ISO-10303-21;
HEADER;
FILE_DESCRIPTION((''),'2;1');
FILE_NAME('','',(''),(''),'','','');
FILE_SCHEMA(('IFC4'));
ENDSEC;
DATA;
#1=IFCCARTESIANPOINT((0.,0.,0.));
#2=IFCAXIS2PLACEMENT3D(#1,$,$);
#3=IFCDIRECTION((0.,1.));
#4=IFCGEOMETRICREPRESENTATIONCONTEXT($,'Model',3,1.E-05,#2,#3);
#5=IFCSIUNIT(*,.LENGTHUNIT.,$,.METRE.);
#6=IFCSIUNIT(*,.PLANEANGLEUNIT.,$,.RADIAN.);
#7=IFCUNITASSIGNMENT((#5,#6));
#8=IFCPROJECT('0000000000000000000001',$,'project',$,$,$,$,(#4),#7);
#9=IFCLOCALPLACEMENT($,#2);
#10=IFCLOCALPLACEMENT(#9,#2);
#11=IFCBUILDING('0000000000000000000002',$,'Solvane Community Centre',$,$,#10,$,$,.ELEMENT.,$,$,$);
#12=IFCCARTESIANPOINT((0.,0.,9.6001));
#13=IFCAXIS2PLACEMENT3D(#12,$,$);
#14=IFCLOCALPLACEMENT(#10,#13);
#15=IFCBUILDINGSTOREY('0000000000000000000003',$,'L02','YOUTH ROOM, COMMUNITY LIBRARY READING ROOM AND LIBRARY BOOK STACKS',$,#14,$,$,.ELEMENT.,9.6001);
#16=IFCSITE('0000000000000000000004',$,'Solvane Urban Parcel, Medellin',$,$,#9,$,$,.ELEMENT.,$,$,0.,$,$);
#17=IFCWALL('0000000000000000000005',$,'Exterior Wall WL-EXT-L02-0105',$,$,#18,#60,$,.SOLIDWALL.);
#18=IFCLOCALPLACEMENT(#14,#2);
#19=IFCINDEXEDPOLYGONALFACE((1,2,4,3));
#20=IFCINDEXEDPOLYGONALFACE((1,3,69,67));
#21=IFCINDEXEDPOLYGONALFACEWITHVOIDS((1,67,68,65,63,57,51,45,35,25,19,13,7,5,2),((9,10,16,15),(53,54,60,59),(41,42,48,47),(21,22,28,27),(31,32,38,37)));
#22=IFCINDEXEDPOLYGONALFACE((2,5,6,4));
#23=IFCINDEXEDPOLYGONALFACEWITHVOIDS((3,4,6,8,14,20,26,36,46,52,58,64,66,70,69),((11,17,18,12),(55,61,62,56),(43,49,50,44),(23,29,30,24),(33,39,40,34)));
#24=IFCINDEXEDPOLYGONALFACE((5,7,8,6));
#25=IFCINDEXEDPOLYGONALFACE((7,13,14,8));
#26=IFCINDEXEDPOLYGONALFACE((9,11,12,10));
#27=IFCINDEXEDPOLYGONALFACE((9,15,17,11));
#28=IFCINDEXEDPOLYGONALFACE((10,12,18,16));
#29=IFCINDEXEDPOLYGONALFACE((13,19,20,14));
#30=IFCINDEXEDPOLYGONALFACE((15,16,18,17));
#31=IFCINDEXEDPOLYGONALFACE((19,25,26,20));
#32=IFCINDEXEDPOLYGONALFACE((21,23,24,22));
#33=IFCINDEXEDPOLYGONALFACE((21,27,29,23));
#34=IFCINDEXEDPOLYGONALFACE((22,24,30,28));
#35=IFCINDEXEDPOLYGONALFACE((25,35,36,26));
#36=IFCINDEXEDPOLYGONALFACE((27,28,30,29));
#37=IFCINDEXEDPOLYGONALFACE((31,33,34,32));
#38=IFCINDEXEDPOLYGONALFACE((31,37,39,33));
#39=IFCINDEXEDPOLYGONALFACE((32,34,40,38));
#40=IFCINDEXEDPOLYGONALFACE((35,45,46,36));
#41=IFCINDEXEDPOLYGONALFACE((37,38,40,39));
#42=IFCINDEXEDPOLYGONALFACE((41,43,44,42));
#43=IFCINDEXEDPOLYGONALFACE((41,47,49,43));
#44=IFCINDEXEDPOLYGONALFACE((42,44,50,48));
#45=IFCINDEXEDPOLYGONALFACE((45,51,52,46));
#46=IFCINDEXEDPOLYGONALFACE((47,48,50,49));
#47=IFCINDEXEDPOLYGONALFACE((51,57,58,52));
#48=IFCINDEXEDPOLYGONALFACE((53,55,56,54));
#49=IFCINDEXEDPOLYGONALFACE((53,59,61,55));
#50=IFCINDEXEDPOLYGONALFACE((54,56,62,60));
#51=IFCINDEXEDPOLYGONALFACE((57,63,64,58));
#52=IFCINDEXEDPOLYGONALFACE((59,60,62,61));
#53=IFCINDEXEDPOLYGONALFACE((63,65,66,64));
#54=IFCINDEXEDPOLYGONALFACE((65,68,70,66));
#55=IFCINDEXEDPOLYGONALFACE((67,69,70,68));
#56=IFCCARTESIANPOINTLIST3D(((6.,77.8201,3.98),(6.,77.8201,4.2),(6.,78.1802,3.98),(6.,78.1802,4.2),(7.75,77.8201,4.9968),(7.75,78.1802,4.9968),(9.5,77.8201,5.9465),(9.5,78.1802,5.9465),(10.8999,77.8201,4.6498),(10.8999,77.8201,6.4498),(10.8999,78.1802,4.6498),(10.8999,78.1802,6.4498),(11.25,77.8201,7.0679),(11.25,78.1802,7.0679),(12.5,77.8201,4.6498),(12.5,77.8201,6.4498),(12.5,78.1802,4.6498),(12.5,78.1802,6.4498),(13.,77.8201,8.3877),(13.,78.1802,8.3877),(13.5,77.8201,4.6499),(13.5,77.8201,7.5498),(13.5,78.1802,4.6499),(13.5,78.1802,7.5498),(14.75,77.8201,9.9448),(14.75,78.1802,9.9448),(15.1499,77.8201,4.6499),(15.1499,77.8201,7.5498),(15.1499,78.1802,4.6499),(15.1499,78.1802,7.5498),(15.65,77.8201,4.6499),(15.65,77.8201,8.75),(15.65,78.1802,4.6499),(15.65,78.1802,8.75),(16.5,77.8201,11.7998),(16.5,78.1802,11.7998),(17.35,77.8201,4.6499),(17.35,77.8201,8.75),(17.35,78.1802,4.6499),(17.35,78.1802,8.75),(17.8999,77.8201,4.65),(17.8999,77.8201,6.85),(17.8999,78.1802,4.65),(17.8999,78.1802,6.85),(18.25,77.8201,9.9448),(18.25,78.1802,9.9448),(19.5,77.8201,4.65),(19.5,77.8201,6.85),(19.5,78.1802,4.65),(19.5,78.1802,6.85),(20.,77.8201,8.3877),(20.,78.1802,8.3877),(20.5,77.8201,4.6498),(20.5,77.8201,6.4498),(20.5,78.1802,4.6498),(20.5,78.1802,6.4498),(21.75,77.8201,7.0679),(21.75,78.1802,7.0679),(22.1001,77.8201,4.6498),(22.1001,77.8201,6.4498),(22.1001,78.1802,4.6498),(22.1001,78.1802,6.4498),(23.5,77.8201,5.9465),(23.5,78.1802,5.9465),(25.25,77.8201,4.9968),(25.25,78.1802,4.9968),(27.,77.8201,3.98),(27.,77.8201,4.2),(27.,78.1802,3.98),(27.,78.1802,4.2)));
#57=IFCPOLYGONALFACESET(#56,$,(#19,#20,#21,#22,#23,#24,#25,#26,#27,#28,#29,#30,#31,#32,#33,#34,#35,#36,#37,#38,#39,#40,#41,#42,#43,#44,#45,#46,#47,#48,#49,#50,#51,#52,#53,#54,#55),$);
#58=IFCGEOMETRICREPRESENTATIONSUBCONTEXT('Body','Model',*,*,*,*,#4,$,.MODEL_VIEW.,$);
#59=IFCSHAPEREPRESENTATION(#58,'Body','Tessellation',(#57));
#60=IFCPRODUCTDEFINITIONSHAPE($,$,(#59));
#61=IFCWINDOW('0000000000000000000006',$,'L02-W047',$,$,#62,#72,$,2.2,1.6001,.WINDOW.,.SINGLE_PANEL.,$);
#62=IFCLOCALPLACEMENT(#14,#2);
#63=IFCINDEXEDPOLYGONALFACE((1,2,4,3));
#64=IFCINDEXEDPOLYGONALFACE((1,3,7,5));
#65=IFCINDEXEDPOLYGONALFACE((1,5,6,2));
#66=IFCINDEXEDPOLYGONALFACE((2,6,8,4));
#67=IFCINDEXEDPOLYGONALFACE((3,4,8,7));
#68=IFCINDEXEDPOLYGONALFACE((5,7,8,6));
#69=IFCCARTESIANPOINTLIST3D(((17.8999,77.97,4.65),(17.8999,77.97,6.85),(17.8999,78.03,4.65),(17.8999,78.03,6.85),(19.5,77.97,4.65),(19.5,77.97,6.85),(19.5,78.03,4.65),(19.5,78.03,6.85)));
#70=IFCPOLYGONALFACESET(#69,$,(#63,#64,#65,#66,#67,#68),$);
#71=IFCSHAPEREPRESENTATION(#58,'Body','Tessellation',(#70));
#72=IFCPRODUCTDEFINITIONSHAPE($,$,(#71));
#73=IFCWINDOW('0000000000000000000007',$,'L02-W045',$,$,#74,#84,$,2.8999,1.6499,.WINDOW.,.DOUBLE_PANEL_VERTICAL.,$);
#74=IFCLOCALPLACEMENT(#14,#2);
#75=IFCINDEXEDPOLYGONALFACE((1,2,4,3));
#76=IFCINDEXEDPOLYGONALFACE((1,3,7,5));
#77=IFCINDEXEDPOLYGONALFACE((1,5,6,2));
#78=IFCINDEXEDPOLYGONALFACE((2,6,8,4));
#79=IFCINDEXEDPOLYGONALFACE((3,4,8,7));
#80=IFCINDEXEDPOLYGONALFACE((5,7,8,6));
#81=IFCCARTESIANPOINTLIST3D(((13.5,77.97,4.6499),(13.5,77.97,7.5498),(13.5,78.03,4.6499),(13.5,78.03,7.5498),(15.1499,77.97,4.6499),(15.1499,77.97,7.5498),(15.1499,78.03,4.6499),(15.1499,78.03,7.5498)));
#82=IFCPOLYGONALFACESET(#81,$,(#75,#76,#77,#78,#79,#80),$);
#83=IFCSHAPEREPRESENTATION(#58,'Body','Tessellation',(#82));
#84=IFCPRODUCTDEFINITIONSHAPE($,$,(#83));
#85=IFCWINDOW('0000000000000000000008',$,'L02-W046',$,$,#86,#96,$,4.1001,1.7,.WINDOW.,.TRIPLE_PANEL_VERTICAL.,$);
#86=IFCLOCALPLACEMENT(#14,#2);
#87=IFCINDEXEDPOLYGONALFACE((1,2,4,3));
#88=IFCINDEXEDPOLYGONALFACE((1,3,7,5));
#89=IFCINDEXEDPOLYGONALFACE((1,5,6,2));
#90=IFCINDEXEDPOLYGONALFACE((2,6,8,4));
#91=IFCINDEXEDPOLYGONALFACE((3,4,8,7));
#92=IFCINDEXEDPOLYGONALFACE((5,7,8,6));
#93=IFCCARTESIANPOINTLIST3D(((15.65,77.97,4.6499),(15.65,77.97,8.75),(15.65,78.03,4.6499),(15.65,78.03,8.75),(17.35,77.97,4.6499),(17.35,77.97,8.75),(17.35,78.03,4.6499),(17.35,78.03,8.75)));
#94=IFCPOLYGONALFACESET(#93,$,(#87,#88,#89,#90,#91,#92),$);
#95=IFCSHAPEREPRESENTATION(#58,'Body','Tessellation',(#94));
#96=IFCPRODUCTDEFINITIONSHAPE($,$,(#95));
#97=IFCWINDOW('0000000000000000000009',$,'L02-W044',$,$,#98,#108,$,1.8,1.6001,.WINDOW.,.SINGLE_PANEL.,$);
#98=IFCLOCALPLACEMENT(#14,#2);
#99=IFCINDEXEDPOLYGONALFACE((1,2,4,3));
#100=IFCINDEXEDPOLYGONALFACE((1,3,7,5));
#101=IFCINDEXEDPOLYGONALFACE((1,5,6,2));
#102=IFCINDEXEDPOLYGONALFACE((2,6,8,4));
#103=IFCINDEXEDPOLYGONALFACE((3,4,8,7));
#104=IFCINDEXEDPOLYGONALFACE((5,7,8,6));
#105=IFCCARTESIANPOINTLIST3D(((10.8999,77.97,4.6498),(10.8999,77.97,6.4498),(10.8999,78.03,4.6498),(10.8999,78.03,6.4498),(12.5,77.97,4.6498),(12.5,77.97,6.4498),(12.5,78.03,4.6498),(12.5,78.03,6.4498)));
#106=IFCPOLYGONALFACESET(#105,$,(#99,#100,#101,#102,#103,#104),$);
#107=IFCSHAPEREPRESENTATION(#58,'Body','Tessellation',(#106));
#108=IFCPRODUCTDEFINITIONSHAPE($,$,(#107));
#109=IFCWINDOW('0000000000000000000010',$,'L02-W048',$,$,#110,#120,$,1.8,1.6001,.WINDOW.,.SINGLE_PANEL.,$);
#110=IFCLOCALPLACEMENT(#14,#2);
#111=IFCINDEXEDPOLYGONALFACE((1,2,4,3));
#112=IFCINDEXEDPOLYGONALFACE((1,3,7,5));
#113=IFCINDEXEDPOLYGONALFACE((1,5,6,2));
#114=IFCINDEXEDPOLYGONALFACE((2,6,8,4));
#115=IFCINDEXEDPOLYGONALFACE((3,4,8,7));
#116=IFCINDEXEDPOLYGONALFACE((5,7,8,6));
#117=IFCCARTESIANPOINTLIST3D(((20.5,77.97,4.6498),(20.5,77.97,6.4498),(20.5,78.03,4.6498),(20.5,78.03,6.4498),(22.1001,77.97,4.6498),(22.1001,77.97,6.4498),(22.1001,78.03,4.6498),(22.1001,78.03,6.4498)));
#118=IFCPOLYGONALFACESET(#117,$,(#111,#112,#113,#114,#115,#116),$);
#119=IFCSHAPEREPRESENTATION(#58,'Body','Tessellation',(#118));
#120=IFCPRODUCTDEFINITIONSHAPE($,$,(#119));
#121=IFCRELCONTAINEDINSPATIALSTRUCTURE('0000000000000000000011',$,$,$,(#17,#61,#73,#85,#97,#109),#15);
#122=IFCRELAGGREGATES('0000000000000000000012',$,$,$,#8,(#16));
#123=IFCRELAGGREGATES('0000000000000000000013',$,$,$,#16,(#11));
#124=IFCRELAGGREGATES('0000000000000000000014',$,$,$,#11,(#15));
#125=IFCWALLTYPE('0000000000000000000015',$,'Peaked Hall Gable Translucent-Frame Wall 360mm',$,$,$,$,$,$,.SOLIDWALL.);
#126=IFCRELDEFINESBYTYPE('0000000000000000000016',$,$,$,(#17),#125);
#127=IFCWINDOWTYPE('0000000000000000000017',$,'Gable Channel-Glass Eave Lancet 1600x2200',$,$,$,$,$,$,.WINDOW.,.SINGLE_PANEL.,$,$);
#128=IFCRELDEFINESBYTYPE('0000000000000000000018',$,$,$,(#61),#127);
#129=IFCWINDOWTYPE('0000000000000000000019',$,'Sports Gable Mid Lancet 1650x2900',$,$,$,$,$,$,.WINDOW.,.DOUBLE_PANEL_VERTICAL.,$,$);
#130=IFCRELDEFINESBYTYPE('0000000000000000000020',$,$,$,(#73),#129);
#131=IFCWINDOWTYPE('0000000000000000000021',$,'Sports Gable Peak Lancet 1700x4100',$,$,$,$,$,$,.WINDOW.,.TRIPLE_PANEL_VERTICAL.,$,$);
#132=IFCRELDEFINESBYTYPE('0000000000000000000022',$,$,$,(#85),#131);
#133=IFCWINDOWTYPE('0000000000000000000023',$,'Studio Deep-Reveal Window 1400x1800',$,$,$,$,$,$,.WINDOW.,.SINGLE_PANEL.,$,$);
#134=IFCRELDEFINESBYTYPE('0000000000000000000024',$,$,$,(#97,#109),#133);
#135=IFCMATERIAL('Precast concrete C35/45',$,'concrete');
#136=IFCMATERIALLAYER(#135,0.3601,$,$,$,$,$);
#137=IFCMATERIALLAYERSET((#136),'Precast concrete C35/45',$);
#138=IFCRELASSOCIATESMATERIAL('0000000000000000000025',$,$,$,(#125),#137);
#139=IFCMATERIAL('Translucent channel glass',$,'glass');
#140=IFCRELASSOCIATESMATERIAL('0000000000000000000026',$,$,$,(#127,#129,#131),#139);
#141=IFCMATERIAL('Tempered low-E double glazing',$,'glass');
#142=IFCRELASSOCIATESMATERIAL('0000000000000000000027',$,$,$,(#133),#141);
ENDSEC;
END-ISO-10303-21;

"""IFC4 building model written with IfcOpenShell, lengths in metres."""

from ifc_helpers import new_model, si_unit, direction, frame, frame_2d, origin, place, context, subcontext, project, spatial, polyline, rectangle, outline, extrude, material, layer, layer_set, type_object, element, fill, save


model = new_model("IFC4")

# Units and contexts
model_context = context("Model", 3, precision=1e-05, world=origin(), true_north=direction((0.0, 1.0)))
body_context = subcontext(model_context, "Body", "Model", "MODEL_VIEW")
ifc_project = project(units=[si_unit("LENGTHUNIT", "METRE"), si_unit("PLANEANGLEUNIT", "RADIAN")], contexts=[model_context])

# Site, building, storey
site_placement = place(None, origin())
site = spatial("IfcSite", under=ifc_project, at=site_placement, Name="Solvane Urban Parcel, Medellin", CompositionType="ELEMENT", RefElevation=0.0)
building_placement = place(site_placement, origin())
building = spatial("IfcBuilding", under=site, at=building_placement, Name="Solvane Community Centre", CompositionType="ELEMENT")
storey_placement = place(building_placement, frame((0.0, 0.0, 9.6001)))
storey = spatial("IfcBuildingStorey", under=building, at=storey_placement, Name="L02", Description="YOUTH ROOM, COMMUNITY LIBRARY READING ROOM AND LIBRARY BOOK STACKS", CompositionType="ELEMENT", Elevation=9.6001)

# Wall, openings, windows
ifc_material_1 = material(Name="Precast concrete C35/45", Category="concrete")
ifc_layer_1 = layer(ifc_material_1, 0.3601)
ifc_layer_set_1 = layer_set([ifc_layer_1], Name="Precast concrete C35/45")
wall_type = type_object("IfcWallType", Name="Peaked Hall Gable Translucent-Frame Wall 360mm", PredefinedType="SOLIDWALL", material=ifc_layer_set_1)
wall_placement = place(storey_placement, frame((6.0, 78.0, 3.98), z_axis=(0.0, 0.0, 1.0), x_axis=(1.0, 0.0, 0.0)))
wall = element("IfcWall", 1, at=wall_placement, inside=storey, type_object=wall_type, Name="Exterior Wall WL-EXT-L02-0105", PredefinedType="SOLIDWALL", context=body_context, shape_type="SweptSolid", body=[
    extrude(outline(polyline([(0.0, 0.0), (21.0, 0.0), (21.0, 0.22), (19.25, 1.0168), (17.5, 1.9666), (15.75, 3.0879), (14.0, 4.4077), (12.25, 5.9648), (10.5, 7.8198), (8.75, 5.9648), (7.0, 4.4077), (5.25, 3.0879), (3.5, 1.9666), (1.75, 1.0168), (0.0, 0.22), (0.0, 0.0)])), frame((0.0, 0.1802, 0.0), z_axis=(0.0, -1.0, 0.0), x_axis=(1.0, 0.0, 0.0)), (0.0, 0.0, 1.0), 0.3601),
])
opening_1_placement = place(wall_placement, frame((4.8999, 0.0, 0.6699)))
opening_1 = element("IfcOpeningElement", 2, at=opening_1_placement, cuts=wall, PredefinedType="OPENING", context=body_context, shape_type="SweptSolid", body=[
    extrude(rectangle(XDim=1.6001, YDim=1.8, at=frame_2d((0.8, 0.8999))), frame((0.0, 0.1899, 0.0), z_axis=(0.0, -1.0, 0.0), x_axis=(1.0, 0.0, 0.0)), (0.0, 0.0, 1.0), 0.3801),
])
opening_2_placement = place(wall_placement, frame((7.5, 0.0, 0.6699)))
opening_2 = element("IfcOpeningElement", 3, at=opening_2_placement, cuts=wall, PredefinedType="OPENING", context=body_context, shape_type="SweptSolid", body=[
    extrude(rectangle(XDim=1.6499, YDim=2.8999, at=frame_2d((0.825, 1.45))), frame((0.0, 0.1899, 0.0), z_axis=(0.0, -1.0, 0.0), x_axis=(1.0, 0.0, 0.0)), (0.0, 0.0, 1.0), 0.3801),
])
opening_3_placement = place(wall_placement, frame((9.6499, 0.0, 0.6699)))
opening_3 = element("IfcOpeningElement", 4, at=opening_3_placement, cuts=wall, PredefinedType="OPENING", context=body_context, shape_type="SweptSolid", body=[
    extrude(rectangle(XDim=1.7, YDim=4.1001, at=frame_2d((0.8501, 2.05))), frame((0.0, 0.1899, 0.0), z_axis=(0.0, -1.0, 0.0), x_axis=(1.0, 0.0, 0.0)), (0.0, 0.0, 1.0), 0.3801),
])
opening_4_placement = place(wall_placement, frame((11.8999, 0.0, 0.6699)))
opening_4 = element("IfcOpeningElement", 5, at=opening_4_placement, cuts=wall, PredefinedType="OPENING", context=body_context, shape_type="SweptSolid", body=[
    extrude(rectangle(XDim=1.6001, YDim=2.2, at=frame_2d((0.8, 1.1001))), frame((0.0, 0.1899, 0.0), z_axis=(0.0, -1.0, 0.0), x_axis=(1.0, 0.0, 0.0)), (0.0, 0.0, 1.0), 0.3801),
])
opening_5_placement = place(wall_placement, frame((14.5, 0.0, 0.6699)))
opening_5 = element("IfcOpeningElement", 6, at=opening_5_placement, cuts=wall, PredefinedType="OPENING", context=body_context, shape_type="SweptSolid", body=[
    extrude(rectangle(XDim=1.6001, YDim=1.8, at=frame_2d((0.8, 0.8999))), frame((0.0, 0.1899, 0.0), z_axis=(0.0, -1.0, 0.0), x_axis=(1.0, 0.0, 0.0)), (0.0, 0.0, 1.0), 0.3801),
])
ifc_material_2 = material(Name="Translucent channel glass", Category="glass")
window_type_1 = type_object("IfcWindowType", Name="Gable Channel-Glass Eave Lancet 1600x2200", PartitioningType="SINGLE_PANEL", PredefinedType="WINDOW", material=ifc_material_2)
window_1_placement = place(opening_4_placement, origin())
window_1 = element("IfcWindow", 7, at=window_1_placement, inside=storey, type_object=window_type_1, Name="L02-W047", OverallHeight=2.2, OverallWidth=1.6001, PartitioningType="SINGLE_PANEL", PredefinedType="WINDOW", context=body_context, shape_type="SweptSolid", body=[
    extrude(rectangle(XDim=1.6001, YDim=2.2, at=frame_2d((0.8, 1.1001))), frame((0.0, 0.03, 0.0), z_axis=(0.0, -1.0, 0.0), x_axis=(1.0, 0.0, 0.0)), (0.0, 0.0, 1.0), 0.0601),
])
fill(opening_4, window_1)
window_type_2 = type_object("IfcWindowType", Name="Sports Gable Mid Lancet 1650x2900", PartitioningType="DOUBLE_PANEL_VERTICAL", PredefinedType="WINDOW", material=ifc_material_2)
window_2_placement = place(opening_2_placement, origin())
window_2 = element("IfcWindow", 8, at=window_2_placement, inside=storey, type_object=window_type_2, Name="L02-W045", OverallHeight=2.8999, OverallWidth=1.6499, PartitioningType="DOUBLE_PANEL_VERTICAL", PredefinedType="WINDOW", context=body_context, shape_type="SweptSolid", body=[
    extrude(rectangle(XDim=1.6499, YDim=2.8999, at=frame_2d((0.825, 1.45))), frame((0.0, 0.03, 0.0), z_axis=(0.0, -1.0, 0.0), x_axis=(1.0, 0.0, 0.0)), (0.0, 0.0, 1.0), 0.0601),
])
fill(opening_2, window_2)
window_type_3 = type_object("IfcWindowType", Name="Sports Gable Peak Lancet 1700x4100", PartitioningType="TRIPLE_PANEL_VERTICAL", PredefinedType="WINDOW", material=ifc_material_2)
window_3_placement = place(opening_3_placement, origin())
window_3 = element("IfcWindow", 9, at=window_3_placement, inside=storey, type_object=window_type_3, Name="L02-W046", OverallHeight=4.1001, OverallWidth=1.7, PartitioningType="TRIPLE_PANEL_VERTICAL", PredefinedType="WINDOW", context=body_context, shape_type="SweptSolid", body=[
    extrude(rectangle(XDim=1.7, YDim=4.1001, at=frame_2d((0.8501, 2.05))), frame((0.0, 0.03, 0.0), z_axis=(0.0, -1.0, 0.0), x_axis=(1.0, 0.0, 0.0)), (0.0, 0.0, 1.0), 0.0601),
])
fill(opening_3, window_3)
ifc_material_3 = material(Name="Tempered low-E double glazing", Category="glass")
window_type_4 = type_object("IfcWindowType", Name="Studio Deep-Reveal Window 1400x1800", PartitioningType="SINGLE_PANEL", PredefinedType="WINDOW", material=ifc_material_3)
window_4_placement = place(opening_1_placement, origin())
window_4 = element("IfcWindow", 10, at=window_4_placement, inside=storey, type_object=window_type_4, Name="L02-W044", OverallHeight=1.8, OverallWidth=1.6001, PartitioningType="SINGLE_PANEL", PredefinedType="WINDOW", context=body_context, shape_type="SweptSolid", body=[
    extrude(rectangle(XDim=1.6001, YDim=1.8, at=frame_2d((0.8, 0.8999))), frame((0.0, 0.03, 0.0), z_axis=(0.0, -1.0, 0.0), x_axis=(1.0, 0.0, 0.0)), (0.0, 0.0, 1.0), 0.0601),
])
fill(opening_1, window_4)
window_5_placement = place(opening_5_placement, origin())
window_5 = element("IfcWindow", 11, at=window_5_placement, inside=storey, type_object=window_type_4, Name="L02-W048", OverallHeight=1.8, OverallWidth=1.6001, PartitioningType="SINGLE_PANEL", PredefinedType="WINDOW", context=body_context, shape_type="SweptSolid", body=[
    extrude(rectangle(XDim=1.6001, YDim=1.8, at=frame_2d((0.8, 0.8999))), frame((0.0, 0.03, 0.0), z_axis=(0.0, -1.0, 0.0), x_axis=(1.0, 0.0, 0.0)), (0.0, 0.0, 1.0), 0.0601),
])
fill(opening_5, window_5)

save(model, "model.ifc")
